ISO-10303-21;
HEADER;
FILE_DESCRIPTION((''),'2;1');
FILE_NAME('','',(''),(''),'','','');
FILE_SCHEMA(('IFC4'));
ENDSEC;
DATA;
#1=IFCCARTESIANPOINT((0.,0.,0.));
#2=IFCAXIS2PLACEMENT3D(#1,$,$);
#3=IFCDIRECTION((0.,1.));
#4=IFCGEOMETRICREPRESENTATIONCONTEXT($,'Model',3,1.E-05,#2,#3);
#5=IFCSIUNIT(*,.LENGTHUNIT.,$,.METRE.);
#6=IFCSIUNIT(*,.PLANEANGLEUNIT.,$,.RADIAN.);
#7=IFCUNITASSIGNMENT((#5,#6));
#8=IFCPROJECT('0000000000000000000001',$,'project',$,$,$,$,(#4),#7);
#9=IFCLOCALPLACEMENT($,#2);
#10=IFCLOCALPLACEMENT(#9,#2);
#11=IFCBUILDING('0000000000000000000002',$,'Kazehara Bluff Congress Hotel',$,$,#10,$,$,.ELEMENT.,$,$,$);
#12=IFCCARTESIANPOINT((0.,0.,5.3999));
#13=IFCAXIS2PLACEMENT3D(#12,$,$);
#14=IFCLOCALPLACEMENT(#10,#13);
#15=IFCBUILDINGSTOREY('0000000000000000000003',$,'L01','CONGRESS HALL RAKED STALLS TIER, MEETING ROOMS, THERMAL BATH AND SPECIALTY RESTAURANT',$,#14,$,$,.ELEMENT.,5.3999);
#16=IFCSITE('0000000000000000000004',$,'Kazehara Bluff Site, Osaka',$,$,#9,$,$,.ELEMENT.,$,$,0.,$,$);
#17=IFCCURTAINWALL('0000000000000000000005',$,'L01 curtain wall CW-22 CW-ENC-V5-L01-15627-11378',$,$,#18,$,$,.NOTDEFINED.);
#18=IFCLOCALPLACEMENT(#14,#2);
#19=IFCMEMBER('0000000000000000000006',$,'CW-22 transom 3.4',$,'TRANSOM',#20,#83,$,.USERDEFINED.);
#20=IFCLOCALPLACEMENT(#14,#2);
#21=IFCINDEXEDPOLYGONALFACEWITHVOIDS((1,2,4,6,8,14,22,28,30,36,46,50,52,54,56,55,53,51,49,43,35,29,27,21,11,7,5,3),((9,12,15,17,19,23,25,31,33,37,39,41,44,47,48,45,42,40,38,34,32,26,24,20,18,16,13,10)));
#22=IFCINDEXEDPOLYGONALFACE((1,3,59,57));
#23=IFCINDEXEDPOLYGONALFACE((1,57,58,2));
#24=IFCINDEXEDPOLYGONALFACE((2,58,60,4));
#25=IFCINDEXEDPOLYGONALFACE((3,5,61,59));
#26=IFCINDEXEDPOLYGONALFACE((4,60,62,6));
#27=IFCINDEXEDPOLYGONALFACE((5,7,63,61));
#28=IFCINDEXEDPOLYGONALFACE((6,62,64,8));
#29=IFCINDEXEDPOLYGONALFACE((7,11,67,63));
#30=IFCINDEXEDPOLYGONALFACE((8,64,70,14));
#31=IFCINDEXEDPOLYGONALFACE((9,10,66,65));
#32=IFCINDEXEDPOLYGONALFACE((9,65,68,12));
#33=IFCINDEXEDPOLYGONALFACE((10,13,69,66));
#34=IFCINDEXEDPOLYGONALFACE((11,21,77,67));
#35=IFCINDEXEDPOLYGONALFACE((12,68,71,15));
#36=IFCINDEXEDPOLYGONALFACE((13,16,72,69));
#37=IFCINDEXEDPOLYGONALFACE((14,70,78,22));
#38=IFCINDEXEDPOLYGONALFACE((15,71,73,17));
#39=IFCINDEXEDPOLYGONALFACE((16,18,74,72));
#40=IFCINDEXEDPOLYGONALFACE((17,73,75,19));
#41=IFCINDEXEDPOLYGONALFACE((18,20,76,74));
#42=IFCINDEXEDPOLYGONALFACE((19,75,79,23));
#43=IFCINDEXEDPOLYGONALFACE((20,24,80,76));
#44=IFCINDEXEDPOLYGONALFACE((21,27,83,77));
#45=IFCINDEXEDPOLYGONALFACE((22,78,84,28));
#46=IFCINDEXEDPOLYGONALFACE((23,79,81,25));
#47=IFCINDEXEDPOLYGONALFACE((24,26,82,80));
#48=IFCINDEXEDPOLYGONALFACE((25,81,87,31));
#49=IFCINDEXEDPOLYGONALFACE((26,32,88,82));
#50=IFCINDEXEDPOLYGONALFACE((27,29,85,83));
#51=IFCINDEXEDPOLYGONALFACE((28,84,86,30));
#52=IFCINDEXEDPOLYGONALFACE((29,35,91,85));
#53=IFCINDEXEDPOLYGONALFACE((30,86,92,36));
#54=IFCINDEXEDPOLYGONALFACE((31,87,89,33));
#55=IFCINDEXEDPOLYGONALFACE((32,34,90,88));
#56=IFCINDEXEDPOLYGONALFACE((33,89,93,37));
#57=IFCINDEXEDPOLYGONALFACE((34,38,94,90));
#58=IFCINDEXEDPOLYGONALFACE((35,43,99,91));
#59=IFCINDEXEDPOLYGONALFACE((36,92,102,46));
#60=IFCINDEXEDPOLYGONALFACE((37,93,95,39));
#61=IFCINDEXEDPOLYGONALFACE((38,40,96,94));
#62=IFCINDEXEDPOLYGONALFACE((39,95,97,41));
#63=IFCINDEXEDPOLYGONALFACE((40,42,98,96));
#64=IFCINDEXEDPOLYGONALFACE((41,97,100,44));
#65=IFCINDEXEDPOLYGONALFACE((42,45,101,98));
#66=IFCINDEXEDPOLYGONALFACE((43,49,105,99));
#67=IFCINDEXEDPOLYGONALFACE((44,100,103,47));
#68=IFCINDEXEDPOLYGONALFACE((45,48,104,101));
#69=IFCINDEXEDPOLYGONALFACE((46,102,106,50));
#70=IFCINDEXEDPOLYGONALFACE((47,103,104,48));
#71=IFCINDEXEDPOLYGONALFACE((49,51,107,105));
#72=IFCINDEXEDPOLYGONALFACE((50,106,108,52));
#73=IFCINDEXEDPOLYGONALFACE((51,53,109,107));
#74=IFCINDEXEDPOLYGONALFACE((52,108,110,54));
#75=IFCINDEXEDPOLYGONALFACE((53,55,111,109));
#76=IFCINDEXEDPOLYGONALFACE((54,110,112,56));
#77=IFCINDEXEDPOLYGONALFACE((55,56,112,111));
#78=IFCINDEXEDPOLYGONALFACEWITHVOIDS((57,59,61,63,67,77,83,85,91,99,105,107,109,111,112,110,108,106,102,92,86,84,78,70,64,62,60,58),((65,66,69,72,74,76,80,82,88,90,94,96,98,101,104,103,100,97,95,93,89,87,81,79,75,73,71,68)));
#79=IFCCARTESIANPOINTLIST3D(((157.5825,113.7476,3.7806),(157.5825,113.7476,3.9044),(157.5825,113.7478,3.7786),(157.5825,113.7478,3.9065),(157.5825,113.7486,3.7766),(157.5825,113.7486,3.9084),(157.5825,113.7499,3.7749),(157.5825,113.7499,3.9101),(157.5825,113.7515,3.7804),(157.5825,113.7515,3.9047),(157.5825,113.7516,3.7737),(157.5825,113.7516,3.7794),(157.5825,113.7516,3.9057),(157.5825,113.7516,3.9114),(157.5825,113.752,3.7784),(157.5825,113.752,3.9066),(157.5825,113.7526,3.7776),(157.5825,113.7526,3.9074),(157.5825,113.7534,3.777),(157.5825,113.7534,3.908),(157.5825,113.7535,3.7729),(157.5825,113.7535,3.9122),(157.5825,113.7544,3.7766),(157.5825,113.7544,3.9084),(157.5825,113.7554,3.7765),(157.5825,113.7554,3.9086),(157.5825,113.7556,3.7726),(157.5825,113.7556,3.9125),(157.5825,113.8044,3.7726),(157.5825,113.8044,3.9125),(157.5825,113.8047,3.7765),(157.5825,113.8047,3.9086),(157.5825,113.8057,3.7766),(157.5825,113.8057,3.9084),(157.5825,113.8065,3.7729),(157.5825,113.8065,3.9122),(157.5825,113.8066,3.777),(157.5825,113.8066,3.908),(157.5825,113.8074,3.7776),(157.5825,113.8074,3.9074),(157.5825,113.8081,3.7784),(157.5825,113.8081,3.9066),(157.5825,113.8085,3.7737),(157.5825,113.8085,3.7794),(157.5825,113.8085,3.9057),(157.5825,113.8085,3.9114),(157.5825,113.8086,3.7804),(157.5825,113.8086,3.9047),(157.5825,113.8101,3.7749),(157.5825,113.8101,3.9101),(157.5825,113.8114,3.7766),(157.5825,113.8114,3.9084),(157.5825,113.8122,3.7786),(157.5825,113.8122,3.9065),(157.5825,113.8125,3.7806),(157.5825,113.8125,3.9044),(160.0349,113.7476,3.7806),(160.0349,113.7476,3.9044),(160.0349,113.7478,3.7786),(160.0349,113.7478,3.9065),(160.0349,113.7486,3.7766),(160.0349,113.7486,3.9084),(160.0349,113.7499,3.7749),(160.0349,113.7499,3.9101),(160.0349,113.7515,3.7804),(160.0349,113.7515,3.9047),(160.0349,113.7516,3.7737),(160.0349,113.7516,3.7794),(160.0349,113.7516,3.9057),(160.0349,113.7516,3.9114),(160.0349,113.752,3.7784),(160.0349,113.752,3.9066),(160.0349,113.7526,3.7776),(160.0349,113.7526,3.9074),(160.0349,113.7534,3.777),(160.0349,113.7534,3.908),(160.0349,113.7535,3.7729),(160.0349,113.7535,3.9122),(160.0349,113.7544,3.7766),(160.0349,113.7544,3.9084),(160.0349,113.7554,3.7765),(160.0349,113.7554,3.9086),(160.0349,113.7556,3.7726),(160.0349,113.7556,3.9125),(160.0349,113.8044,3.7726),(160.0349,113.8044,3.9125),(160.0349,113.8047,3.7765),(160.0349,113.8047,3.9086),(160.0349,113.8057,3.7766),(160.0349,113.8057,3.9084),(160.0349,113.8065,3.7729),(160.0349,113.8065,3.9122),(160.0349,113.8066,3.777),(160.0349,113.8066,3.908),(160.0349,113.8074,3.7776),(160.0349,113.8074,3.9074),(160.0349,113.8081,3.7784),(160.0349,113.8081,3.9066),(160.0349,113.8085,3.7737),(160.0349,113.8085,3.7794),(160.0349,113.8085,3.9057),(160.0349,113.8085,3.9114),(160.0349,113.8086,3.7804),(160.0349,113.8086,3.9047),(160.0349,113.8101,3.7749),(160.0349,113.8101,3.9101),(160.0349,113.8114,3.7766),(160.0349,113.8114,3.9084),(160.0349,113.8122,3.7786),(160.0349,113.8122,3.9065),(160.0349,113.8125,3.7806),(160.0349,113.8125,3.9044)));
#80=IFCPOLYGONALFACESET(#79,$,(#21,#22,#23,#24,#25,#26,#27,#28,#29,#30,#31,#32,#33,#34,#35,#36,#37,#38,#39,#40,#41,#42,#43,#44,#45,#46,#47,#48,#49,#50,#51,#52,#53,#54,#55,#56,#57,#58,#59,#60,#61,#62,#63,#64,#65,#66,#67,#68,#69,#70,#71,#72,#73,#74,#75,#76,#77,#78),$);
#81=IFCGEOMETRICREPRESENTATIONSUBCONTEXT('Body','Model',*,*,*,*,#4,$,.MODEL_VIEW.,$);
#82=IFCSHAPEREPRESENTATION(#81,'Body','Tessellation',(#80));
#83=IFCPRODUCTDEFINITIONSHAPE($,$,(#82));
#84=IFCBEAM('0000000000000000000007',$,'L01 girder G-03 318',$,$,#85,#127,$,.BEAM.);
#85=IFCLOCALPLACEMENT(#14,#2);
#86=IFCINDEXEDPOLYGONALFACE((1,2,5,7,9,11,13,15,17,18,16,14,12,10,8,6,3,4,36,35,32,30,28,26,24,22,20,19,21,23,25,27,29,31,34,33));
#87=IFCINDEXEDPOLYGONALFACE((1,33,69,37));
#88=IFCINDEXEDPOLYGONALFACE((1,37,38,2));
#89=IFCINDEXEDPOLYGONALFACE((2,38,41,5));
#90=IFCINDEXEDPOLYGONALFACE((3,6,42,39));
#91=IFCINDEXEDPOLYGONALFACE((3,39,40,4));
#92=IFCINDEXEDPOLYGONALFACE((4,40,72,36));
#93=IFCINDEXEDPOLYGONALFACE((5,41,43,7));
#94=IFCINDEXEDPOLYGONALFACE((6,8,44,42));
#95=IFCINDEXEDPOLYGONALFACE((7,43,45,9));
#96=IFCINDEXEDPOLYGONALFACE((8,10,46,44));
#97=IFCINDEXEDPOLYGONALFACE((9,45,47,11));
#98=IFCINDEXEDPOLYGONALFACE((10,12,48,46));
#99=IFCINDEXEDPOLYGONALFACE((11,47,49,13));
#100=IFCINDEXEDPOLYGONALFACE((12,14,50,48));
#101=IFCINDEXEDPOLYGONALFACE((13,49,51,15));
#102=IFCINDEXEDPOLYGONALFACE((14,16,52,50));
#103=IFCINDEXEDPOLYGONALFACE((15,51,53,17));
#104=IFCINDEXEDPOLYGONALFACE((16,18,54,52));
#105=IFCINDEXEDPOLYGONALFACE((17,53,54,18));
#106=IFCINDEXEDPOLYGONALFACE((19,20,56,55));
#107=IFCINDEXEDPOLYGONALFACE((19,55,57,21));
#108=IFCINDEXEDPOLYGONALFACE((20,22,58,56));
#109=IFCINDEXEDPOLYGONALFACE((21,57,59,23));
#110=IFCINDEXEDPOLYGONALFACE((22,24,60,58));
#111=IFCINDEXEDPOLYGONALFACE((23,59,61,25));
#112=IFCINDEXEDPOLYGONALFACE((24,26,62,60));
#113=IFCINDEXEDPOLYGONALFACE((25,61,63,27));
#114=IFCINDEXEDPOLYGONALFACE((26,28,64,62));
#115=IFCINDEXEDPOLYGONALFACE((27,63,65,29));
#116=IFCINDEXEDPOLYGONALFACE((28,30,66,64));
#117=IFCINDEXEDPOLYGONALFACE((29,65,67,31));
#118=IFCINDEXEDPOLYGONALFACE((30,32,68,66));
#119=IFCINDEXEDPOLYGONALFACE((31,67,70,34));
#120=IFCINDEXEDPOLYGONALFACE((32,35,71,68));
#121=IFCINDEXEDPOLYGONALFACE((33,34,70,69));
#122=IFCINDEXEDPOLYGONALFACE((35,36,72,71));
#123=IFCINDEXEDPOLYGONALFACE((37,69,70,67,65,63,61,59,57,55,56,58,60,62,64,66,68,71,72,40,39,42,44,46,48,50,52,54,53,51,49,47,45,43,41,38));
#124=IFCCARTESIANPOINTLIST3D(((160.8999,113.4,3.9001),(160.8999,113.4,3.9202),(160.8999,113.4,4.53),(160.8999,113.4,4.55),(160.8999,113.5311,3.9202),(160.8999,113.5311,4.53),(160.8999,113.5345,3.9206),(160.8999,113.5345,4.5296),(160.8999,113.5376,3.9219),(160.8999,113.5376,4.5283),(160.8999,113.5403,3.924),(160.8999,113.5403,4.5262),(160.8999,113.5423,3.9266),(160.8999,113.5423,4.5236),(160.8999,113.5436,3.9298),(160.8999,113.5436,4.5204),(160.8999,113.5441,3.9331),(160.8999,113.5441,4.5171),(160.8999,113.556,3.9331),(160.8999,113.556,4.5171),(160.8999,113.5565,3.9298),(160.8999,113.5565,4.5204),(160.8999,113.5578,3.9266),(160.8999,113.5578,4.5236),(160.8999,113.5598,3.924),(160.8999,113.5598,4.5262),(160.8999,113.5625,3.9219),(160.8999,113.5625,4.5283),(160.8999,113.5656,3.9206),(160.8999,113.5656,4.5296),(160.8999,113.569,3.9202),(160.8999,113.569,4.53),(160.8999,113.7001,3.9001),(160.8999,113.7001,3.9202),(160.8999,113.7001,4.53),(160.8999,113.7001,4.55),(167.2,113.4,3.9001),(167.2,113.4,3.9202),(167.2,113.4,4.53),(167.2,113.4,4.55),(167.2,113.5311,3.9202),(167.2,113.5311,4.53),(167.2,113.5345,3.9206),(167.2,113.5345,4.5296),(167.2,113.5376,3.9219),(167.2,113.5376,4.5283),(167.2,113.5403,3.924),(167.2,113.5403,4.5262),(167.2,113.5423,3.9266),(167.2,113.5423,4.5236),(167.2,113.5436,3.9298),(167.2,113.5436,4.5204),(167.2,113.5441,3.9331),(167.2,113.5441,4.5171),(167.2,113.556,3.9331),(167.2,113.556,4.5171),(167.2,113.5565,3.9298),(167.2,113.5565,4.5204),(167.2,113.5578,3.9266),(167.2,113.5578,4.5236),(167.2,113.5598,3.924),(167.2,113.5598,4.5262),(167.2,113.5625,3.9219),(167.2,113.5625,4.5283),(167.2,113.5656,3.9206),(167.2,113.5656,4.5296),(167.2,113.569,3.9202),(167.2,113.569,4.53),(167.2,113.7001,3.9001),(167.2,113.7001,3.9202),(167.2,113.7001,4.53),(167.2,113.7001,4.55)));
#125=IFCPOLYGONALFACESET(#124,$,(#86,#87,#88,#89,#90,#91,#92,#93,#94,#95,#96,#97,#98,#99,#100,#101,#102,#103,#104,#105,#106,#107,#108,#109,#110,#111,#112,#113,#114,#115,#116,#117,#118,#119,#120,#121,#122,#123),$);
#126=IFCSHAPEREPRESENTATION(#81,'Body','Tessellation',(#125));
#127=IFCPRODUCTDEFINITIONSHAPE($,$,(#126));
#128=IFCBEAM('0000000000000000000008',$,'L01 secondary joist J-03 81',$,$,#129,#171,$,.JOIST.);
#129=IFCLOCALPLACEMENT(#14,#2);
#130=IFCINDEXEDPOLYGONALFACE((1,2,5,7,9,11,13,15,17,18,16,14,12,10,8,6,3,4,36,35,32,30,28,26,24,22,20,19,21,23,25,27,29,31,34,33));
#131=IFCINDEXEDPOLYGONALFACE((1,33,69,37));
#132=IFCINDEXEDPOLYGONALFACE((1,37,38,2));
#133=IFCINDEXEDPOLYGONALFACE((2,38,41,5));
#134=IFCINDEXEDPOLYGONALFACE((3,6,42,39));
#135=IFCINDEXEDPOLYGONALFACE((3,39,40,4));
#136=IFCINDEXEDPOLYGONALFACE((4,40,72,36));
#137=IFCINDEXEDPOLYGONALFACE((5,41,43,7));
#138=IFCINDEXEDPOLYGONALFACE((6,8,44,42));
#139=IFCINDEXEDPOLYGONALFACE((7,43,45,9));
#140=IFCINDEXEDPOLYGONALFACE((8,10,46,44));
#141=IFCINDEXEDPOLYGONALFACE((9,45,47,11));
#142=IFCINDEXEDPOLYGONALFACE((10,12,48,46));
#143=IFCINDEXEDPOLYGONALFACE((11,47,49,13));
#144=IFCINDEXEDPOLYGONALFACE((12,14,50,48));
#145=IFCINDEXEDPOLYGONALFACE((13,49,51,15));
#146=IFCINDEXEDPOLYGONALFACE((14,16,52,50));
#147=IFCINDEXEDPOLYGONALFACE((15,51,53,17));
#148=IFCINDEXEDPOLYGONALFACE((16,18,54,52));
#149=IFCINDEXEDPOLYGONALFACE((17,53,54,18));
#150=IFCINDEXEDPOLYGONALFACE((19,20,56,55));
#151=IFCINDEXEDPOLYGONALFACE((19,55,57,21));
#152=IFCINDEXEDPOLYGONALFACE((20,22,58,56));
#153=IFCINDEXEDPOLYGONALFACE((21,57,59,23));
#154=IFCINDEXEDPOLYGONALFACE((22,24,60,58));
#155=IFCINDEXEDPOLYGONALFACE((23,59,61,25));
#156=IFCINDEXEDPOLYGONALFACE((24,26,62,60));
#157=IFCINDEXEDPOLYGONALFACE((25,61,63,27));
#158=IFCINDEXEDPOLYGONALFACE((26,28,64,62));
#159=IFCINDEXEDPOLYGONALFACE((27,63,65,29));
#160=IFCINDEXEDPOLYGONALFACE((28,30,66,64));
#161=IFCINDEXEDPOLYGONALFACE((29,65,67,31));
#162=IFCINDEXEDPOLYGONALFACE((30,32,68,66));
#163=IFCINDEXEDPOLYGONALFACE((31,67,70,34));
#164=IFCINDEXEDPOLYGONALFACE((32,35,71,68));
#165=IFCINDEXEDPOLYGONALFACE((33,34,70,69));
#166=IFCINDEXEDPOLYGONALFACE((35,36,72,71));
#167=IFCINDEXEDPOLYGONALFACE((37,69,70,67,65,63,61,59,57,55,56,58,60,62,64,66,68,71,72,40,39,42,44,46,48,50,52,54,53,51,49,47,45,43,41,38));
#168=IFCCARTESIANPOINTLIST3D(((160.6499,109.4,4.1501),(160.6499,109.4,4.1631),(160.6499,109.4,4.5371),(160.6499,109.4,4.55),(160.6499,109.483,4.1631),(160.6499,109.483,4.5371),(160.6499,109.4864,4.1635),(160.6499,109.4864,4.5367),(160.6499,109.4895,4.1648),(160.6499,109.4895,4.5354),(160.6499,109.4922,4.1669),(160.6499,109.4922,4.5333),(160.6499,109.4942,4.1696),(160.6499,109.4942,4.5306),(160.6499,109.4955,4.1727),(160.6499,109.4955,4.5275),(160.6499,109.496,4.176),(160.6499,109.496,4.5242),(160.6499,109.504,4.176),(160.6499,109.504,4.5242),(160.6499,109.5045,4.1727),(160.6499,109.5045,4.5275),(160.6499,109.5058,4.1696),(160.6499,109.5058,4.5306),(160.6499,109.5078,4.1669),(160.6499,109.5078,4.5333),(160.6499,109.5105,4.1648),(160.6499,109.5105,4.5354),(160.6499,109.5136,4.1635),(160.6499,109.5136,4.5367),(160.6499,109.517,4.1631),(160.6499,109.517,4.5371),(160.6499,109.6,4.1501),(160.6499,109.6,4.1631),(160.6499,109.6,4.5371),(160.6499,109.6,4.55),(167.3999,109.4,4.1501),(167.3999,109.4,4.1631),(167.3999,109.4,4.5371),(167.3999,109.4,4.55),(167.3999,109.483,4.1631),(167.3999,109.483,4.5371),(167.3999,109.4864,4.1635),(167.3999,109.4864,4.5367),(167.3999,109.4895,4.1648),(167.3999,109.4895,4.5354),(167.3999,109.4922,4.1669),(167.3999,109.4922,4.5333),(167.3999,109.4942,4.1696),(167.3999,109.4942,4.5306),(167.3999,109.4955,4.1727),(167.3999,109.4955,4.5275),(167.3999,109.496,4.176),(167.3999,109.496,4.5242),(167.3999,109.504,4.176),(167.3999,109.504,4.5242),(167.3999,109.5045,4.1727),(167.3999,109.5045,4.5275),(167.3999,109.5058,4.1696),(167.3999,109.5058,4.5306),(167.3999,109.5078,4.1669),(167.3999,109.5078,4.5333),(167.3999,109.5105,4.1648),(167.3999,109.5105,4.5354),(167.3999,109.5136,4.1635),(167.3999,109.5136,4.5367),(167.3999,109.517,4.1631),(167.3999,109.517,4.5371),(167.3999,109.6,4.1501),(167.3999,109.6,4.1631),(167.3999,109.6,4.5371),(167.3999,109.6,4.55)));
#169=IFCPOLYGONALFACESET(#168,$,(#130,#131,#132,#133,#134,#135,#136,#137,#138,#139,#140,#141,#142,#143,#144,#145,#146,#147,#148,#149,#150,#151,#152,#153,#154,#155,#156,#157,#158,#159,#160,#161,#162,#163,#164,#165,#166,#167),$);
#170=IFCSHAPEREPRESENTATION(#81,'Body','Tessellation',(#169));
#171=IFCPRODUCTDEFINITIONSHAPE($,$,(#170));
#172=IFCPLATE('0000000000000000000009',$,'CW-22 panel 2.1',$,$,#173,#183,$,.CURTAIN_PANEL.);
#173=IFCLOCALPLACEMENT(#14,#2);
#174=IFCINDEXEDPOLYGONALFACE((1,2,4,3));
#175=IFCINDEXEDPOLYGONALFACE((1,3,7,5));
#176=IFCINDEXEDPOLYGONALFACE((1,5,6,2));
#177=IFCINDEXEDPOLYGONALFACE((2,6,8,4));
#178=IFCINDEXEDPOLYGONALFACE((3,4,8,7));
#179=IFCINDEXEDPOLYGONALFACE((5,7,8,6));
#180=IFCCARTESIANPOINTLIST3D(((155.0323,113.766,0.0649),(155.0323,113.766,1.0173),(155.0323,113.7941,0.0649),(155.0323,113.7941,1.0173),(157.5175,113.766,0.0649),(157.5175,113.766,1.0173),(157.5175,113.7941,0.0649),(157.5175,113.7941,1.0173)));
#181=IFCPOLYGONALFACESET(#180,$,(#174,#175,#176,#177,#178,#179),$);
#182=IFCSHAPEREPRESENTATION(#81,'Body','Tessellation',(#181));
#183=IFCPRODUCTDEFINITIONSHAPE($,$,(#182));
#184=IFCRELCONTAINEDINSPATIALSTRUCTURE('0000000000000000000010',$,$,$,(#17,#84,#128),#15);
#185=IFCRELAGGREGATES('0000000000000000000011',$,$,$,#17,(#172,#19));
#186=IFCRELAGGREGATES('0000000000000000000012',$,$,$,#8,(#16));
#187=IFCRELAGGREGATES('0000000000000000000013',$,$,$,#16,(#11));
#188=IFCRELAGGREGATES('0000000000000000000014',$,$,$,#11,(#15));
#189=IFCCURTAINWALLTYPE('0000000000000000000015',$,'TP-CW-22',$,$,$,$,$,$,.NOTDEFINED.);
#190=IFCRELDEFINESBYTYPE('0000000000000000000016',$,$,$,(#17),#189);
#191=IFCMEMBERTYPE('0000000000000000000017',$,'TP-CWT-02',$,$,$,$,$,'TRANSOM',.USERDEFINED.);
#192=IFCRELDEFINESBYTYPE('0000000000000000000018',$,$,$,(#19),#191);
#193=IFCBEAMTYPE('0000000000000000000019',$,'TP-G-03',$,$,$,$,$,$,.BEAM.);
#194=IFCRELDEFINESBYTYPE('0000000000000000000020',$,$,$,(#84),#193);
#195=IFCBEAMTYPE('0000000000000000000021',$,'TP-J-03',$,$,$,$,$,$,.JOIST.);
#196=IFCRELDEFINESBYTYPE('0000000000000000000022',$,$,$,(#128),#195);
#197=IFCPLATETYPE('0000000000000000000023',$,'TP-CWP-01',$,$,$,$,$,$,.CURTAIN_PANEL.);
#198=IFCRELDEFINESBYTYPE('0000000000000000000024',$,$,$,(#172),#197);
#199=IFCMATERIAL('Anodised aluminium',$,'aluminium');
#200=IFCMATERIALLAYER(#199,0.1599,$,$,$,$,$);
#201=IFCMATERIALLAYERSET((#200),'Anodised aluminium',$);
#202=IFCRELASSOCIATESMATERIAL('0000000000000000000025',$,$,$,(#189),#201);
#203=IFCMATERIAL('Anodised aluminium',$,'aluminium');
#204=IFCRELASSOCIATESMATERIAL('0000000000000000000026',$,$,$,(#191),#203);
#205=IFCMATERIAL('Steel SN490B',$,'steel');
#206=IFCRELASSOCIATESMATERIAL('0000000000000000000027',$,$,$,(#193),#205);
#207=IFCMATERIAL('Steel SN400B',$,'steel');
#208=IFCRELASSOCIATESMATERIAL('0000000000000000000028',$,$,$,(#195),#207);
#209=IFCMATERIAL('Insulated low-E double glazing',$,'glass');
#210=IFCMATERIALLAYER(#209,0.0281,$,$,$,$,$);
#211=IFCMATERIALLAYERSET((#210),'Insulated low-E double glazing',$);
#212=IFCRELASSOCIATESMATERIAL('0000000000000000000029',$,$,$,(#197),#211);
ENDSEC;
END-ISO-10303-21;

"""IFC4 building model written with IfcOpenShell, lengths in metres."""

from ifc_helpers import new_model, si_unit, direction, frame, origin, origin_2d, place, context, subcontext, project, spatial, rectangle, hollow_rectangle, i_section, extrude, material, layer, layer_set, material_profile, profile_set, type_object, element, aggregate, save


model = new_model("IFC4")

# Units and contexts
model_context = context("Model", 3, precision=1e-05, world=origin(), true_north=direction((0.0, 1.0)))
body_context = subcontext(model_context, "Body", "Model", "MODEL_VIEW")
ifc_project = project(units=[si_unit("LENGTHUNIT", "METRE"), si_unit("PLANEANGLEUNIT", "RADIAN")], contexts=[model_context])

# Site, building, storey
site_placement = place(None, origin())
site = spatial("IfcSite", under=ifc_project, at=site_placement, Name="Kazehara Bluff Site, Osaka", CompositionType="ELEMENT", RefElevation=0.0)
building_placement = place(site_placement, origin())
building = spatial("IfcBuilding", under=site, at=building_placement, Name="Kazehara Bluff Congress Hotel", CompositionType="ELEMENT")
storey_placement = place(building_placement, frame((0.0, 0.0, 5.3999)))
storey = spatial("IfcBuildingStorey", under=building, at=storey_placement, Name="L01", Description="CONGRESS HALL RAKED STALLS TIER, MEETING ROOMS, THERMAL BATH AND SPECIALTY RESTAURANT", CompositionType="ELEMENT", Elevation=5.3999)

# Curtain wall
ifc_material_1 = material(Name="Anodised aluminium", Category="aluminium")
ifc_layer_1 = layer(ifc_material_1, 0.1599)
ifc_layer_set_1 = layer_set([ifc_layer_1], Name="Anodised aluminium")
curtain_wall_type_1 = type_object("IfcCurtainWallType", Name="TP-CW-22", PredefinedType="NOTDEFINED", material=ifc_layer_set_1)
curtain_wall_1_placement = place(storey_placement, origin())
curtain_wall_1 = element("IfcCurtainWall", 1, at=curtain_wall_1_placement, inside=storey, type_object=curtain_wall_type_1, Name="L01 curtain wall CW-22 CW-ENC-V5-L01-15627-11378", PredefinedType="NOTDEFINED")

# Member
ifc_material_2 = material(Name="Anodised aluminium", Category="aluminium")
ifc_material_profile_1 = material_profile(ifc_material_2, hollow_rectangle(XDim=0.0649, YDim=0.1399, WallThickness=0.0039, InnerFilletRadius=0.0039, OuterFilletRadius=0.0081, at=origin_2d()))
ifc_profile_set_1 = profile_set([ifc_material_profile_1], Name="Anodised aluminium")
member_type_1 = type_object("IfcMemberType", Name="TP-CWT-02", ElementType="TRANSOM", PredefinedType="USERDEFINED", material=ifc_profile_set_1)
member_1_placement = place(storey_placement, frame((157.5825, 113.78, 3.8425), z_axis=(1.0, 0.0, 0.0), x_axis=(0.0, 1.0, 0.0)))
member_1 = element("IfcMember", 2, at=member_1_placement, type_object=member_type_1, Name="CW-22 transom 3.4", ObjectType="TRANSOM", PredefinedType="USERDEFINED", context=body_context, shape_type="SweptSolid", body=[
    extrude(hollow_rectangle(XDim=0.0649, YDim=0.1399, WallThickness=0.0039, InnerFilletRadius=0.0039, OuterFilletRadius=0.0081, at=origin_2d()), origin(), (0.0, 0.0, 1.0), 2.4524),
])

# Beams
ifc_material_3 = material(Name="Steel SN490B", Category="steel")
ifc_material_profile_2 = material_profile(ifc_material_3, i_section(OverallWidth=0.3, OverallDepth=0.6499, WebThickness=0.012, FlangeThickness=0.02, FilletRadius=0.0129, at=origin_2d()))
ifc_profile_set_2 = profile_set([ifc_material_profile_2], Name="Steel SN490B")
beam_type_1 = type_object("IfcBeamType", Name="TP-G-03", PredefinedType="BEAM", material=ifc_profile_set_2)
beam_1_placement = place(storey_placement, frame((160.8999, 113.55, 4.2251), z_axis=(1.0, 0.0, 0.0), x_axis=(0.0, 1.0, 0.0)))
element("IfcBeam", 3, at=beam_1_placement, inside=storey, type_object=beam_type_1, Name="L01 girder G-03 318", PredefinedType="BEAM", context=body_context, shape_type="SweptSolid", body=[
    extrude(i_section(OverallWidth=0.3, OverallDepth=0.6499, WebThickness=0.012, FlangeThickness=0.02, FilletRadius=0.0129, at=origin_2d()), origin(), (0.0, 0.0, 1.0), 6.3),
])
ifc_material_4 = material(Name="Steel SN400B", Category="steel")
ifc_material_profile_3 = material_profile(ifc_material_4, i_section(OverallWidth=0.2, OverallDepth=0.3999, WebThickness=0.0081, FlangeThickness=0.0129, FilletRadius=0.0129, at=origin_2d()))
ifc_profile_set_3 = profile_set([ifc_material_profile_3], Name="Steel SN400B")
beam_type_2 = type_object("IfcBeamType", Name="TP-J-03", PredefinedType="JOIST", material=ifc_profile_set_3)
beam_2_placement = place(storey_placement, frame((160.6499, 109.5, 4.3501), z_axis=(1.0, 0.0, 0.0), x_axis=(0.0, 1.0, 0.0)))
element("IfcBeam", 4, at=beam_2_placement, inside=storey, type_object=beam_type_2, Name="L01 secondary joist J-03 81", PredefinedType="JOIST", context=body_context, shape_type="SweptSolid", body=[
    extrude(i_section(OverallWidth=0.2, OverallDepth=0.3999, WebThickness=0.0081, FlangeThickness=0.0129, FilletRadius=0.0129, at=origin_2d()), origin(), (0.0, 0.0, 1.0), 6.75),
])

# Plate
ifc_material_5 = material(Name="Insulated low-E double glazing", Category="glass")
ifc_layer_2 = layer(ifc_material_5, 0.0281)
ifc_layer_set_2 = layer_set([ifc_layer_2], Name="Insulated low-E double glazing")
plate_type = type_object("IfcPlateType", Name="TP-CWP-01", PredefinedType="CURTAIN_PANEL", material=ifc_layer_set_2)
plate_1_placement = place(storey_placement, frame((156.2749, 113.78, 0.0649), z_axis=(0.0, 0.0, 1.0), x_axis=(1.0, 0.0, 0.0)))
plate_1 = element("IfcPlate", 5, at=plate_1_placement, type_object=plate_type, Name="CW-22 panel 2.1", PredefinedType="CURTAIN_PANEL", context=body_context, shape_type="SweptSolid", body=[
    extrude(rectangle(XDim=2.4851, YDim=0.0281, at=origin_2d()), origin(), (0.0, 0.0, 1.0), 0.9524),
])
aggregate(curtain_wall_1, [plate_1, member_1])

save(model, "model.ifc")
